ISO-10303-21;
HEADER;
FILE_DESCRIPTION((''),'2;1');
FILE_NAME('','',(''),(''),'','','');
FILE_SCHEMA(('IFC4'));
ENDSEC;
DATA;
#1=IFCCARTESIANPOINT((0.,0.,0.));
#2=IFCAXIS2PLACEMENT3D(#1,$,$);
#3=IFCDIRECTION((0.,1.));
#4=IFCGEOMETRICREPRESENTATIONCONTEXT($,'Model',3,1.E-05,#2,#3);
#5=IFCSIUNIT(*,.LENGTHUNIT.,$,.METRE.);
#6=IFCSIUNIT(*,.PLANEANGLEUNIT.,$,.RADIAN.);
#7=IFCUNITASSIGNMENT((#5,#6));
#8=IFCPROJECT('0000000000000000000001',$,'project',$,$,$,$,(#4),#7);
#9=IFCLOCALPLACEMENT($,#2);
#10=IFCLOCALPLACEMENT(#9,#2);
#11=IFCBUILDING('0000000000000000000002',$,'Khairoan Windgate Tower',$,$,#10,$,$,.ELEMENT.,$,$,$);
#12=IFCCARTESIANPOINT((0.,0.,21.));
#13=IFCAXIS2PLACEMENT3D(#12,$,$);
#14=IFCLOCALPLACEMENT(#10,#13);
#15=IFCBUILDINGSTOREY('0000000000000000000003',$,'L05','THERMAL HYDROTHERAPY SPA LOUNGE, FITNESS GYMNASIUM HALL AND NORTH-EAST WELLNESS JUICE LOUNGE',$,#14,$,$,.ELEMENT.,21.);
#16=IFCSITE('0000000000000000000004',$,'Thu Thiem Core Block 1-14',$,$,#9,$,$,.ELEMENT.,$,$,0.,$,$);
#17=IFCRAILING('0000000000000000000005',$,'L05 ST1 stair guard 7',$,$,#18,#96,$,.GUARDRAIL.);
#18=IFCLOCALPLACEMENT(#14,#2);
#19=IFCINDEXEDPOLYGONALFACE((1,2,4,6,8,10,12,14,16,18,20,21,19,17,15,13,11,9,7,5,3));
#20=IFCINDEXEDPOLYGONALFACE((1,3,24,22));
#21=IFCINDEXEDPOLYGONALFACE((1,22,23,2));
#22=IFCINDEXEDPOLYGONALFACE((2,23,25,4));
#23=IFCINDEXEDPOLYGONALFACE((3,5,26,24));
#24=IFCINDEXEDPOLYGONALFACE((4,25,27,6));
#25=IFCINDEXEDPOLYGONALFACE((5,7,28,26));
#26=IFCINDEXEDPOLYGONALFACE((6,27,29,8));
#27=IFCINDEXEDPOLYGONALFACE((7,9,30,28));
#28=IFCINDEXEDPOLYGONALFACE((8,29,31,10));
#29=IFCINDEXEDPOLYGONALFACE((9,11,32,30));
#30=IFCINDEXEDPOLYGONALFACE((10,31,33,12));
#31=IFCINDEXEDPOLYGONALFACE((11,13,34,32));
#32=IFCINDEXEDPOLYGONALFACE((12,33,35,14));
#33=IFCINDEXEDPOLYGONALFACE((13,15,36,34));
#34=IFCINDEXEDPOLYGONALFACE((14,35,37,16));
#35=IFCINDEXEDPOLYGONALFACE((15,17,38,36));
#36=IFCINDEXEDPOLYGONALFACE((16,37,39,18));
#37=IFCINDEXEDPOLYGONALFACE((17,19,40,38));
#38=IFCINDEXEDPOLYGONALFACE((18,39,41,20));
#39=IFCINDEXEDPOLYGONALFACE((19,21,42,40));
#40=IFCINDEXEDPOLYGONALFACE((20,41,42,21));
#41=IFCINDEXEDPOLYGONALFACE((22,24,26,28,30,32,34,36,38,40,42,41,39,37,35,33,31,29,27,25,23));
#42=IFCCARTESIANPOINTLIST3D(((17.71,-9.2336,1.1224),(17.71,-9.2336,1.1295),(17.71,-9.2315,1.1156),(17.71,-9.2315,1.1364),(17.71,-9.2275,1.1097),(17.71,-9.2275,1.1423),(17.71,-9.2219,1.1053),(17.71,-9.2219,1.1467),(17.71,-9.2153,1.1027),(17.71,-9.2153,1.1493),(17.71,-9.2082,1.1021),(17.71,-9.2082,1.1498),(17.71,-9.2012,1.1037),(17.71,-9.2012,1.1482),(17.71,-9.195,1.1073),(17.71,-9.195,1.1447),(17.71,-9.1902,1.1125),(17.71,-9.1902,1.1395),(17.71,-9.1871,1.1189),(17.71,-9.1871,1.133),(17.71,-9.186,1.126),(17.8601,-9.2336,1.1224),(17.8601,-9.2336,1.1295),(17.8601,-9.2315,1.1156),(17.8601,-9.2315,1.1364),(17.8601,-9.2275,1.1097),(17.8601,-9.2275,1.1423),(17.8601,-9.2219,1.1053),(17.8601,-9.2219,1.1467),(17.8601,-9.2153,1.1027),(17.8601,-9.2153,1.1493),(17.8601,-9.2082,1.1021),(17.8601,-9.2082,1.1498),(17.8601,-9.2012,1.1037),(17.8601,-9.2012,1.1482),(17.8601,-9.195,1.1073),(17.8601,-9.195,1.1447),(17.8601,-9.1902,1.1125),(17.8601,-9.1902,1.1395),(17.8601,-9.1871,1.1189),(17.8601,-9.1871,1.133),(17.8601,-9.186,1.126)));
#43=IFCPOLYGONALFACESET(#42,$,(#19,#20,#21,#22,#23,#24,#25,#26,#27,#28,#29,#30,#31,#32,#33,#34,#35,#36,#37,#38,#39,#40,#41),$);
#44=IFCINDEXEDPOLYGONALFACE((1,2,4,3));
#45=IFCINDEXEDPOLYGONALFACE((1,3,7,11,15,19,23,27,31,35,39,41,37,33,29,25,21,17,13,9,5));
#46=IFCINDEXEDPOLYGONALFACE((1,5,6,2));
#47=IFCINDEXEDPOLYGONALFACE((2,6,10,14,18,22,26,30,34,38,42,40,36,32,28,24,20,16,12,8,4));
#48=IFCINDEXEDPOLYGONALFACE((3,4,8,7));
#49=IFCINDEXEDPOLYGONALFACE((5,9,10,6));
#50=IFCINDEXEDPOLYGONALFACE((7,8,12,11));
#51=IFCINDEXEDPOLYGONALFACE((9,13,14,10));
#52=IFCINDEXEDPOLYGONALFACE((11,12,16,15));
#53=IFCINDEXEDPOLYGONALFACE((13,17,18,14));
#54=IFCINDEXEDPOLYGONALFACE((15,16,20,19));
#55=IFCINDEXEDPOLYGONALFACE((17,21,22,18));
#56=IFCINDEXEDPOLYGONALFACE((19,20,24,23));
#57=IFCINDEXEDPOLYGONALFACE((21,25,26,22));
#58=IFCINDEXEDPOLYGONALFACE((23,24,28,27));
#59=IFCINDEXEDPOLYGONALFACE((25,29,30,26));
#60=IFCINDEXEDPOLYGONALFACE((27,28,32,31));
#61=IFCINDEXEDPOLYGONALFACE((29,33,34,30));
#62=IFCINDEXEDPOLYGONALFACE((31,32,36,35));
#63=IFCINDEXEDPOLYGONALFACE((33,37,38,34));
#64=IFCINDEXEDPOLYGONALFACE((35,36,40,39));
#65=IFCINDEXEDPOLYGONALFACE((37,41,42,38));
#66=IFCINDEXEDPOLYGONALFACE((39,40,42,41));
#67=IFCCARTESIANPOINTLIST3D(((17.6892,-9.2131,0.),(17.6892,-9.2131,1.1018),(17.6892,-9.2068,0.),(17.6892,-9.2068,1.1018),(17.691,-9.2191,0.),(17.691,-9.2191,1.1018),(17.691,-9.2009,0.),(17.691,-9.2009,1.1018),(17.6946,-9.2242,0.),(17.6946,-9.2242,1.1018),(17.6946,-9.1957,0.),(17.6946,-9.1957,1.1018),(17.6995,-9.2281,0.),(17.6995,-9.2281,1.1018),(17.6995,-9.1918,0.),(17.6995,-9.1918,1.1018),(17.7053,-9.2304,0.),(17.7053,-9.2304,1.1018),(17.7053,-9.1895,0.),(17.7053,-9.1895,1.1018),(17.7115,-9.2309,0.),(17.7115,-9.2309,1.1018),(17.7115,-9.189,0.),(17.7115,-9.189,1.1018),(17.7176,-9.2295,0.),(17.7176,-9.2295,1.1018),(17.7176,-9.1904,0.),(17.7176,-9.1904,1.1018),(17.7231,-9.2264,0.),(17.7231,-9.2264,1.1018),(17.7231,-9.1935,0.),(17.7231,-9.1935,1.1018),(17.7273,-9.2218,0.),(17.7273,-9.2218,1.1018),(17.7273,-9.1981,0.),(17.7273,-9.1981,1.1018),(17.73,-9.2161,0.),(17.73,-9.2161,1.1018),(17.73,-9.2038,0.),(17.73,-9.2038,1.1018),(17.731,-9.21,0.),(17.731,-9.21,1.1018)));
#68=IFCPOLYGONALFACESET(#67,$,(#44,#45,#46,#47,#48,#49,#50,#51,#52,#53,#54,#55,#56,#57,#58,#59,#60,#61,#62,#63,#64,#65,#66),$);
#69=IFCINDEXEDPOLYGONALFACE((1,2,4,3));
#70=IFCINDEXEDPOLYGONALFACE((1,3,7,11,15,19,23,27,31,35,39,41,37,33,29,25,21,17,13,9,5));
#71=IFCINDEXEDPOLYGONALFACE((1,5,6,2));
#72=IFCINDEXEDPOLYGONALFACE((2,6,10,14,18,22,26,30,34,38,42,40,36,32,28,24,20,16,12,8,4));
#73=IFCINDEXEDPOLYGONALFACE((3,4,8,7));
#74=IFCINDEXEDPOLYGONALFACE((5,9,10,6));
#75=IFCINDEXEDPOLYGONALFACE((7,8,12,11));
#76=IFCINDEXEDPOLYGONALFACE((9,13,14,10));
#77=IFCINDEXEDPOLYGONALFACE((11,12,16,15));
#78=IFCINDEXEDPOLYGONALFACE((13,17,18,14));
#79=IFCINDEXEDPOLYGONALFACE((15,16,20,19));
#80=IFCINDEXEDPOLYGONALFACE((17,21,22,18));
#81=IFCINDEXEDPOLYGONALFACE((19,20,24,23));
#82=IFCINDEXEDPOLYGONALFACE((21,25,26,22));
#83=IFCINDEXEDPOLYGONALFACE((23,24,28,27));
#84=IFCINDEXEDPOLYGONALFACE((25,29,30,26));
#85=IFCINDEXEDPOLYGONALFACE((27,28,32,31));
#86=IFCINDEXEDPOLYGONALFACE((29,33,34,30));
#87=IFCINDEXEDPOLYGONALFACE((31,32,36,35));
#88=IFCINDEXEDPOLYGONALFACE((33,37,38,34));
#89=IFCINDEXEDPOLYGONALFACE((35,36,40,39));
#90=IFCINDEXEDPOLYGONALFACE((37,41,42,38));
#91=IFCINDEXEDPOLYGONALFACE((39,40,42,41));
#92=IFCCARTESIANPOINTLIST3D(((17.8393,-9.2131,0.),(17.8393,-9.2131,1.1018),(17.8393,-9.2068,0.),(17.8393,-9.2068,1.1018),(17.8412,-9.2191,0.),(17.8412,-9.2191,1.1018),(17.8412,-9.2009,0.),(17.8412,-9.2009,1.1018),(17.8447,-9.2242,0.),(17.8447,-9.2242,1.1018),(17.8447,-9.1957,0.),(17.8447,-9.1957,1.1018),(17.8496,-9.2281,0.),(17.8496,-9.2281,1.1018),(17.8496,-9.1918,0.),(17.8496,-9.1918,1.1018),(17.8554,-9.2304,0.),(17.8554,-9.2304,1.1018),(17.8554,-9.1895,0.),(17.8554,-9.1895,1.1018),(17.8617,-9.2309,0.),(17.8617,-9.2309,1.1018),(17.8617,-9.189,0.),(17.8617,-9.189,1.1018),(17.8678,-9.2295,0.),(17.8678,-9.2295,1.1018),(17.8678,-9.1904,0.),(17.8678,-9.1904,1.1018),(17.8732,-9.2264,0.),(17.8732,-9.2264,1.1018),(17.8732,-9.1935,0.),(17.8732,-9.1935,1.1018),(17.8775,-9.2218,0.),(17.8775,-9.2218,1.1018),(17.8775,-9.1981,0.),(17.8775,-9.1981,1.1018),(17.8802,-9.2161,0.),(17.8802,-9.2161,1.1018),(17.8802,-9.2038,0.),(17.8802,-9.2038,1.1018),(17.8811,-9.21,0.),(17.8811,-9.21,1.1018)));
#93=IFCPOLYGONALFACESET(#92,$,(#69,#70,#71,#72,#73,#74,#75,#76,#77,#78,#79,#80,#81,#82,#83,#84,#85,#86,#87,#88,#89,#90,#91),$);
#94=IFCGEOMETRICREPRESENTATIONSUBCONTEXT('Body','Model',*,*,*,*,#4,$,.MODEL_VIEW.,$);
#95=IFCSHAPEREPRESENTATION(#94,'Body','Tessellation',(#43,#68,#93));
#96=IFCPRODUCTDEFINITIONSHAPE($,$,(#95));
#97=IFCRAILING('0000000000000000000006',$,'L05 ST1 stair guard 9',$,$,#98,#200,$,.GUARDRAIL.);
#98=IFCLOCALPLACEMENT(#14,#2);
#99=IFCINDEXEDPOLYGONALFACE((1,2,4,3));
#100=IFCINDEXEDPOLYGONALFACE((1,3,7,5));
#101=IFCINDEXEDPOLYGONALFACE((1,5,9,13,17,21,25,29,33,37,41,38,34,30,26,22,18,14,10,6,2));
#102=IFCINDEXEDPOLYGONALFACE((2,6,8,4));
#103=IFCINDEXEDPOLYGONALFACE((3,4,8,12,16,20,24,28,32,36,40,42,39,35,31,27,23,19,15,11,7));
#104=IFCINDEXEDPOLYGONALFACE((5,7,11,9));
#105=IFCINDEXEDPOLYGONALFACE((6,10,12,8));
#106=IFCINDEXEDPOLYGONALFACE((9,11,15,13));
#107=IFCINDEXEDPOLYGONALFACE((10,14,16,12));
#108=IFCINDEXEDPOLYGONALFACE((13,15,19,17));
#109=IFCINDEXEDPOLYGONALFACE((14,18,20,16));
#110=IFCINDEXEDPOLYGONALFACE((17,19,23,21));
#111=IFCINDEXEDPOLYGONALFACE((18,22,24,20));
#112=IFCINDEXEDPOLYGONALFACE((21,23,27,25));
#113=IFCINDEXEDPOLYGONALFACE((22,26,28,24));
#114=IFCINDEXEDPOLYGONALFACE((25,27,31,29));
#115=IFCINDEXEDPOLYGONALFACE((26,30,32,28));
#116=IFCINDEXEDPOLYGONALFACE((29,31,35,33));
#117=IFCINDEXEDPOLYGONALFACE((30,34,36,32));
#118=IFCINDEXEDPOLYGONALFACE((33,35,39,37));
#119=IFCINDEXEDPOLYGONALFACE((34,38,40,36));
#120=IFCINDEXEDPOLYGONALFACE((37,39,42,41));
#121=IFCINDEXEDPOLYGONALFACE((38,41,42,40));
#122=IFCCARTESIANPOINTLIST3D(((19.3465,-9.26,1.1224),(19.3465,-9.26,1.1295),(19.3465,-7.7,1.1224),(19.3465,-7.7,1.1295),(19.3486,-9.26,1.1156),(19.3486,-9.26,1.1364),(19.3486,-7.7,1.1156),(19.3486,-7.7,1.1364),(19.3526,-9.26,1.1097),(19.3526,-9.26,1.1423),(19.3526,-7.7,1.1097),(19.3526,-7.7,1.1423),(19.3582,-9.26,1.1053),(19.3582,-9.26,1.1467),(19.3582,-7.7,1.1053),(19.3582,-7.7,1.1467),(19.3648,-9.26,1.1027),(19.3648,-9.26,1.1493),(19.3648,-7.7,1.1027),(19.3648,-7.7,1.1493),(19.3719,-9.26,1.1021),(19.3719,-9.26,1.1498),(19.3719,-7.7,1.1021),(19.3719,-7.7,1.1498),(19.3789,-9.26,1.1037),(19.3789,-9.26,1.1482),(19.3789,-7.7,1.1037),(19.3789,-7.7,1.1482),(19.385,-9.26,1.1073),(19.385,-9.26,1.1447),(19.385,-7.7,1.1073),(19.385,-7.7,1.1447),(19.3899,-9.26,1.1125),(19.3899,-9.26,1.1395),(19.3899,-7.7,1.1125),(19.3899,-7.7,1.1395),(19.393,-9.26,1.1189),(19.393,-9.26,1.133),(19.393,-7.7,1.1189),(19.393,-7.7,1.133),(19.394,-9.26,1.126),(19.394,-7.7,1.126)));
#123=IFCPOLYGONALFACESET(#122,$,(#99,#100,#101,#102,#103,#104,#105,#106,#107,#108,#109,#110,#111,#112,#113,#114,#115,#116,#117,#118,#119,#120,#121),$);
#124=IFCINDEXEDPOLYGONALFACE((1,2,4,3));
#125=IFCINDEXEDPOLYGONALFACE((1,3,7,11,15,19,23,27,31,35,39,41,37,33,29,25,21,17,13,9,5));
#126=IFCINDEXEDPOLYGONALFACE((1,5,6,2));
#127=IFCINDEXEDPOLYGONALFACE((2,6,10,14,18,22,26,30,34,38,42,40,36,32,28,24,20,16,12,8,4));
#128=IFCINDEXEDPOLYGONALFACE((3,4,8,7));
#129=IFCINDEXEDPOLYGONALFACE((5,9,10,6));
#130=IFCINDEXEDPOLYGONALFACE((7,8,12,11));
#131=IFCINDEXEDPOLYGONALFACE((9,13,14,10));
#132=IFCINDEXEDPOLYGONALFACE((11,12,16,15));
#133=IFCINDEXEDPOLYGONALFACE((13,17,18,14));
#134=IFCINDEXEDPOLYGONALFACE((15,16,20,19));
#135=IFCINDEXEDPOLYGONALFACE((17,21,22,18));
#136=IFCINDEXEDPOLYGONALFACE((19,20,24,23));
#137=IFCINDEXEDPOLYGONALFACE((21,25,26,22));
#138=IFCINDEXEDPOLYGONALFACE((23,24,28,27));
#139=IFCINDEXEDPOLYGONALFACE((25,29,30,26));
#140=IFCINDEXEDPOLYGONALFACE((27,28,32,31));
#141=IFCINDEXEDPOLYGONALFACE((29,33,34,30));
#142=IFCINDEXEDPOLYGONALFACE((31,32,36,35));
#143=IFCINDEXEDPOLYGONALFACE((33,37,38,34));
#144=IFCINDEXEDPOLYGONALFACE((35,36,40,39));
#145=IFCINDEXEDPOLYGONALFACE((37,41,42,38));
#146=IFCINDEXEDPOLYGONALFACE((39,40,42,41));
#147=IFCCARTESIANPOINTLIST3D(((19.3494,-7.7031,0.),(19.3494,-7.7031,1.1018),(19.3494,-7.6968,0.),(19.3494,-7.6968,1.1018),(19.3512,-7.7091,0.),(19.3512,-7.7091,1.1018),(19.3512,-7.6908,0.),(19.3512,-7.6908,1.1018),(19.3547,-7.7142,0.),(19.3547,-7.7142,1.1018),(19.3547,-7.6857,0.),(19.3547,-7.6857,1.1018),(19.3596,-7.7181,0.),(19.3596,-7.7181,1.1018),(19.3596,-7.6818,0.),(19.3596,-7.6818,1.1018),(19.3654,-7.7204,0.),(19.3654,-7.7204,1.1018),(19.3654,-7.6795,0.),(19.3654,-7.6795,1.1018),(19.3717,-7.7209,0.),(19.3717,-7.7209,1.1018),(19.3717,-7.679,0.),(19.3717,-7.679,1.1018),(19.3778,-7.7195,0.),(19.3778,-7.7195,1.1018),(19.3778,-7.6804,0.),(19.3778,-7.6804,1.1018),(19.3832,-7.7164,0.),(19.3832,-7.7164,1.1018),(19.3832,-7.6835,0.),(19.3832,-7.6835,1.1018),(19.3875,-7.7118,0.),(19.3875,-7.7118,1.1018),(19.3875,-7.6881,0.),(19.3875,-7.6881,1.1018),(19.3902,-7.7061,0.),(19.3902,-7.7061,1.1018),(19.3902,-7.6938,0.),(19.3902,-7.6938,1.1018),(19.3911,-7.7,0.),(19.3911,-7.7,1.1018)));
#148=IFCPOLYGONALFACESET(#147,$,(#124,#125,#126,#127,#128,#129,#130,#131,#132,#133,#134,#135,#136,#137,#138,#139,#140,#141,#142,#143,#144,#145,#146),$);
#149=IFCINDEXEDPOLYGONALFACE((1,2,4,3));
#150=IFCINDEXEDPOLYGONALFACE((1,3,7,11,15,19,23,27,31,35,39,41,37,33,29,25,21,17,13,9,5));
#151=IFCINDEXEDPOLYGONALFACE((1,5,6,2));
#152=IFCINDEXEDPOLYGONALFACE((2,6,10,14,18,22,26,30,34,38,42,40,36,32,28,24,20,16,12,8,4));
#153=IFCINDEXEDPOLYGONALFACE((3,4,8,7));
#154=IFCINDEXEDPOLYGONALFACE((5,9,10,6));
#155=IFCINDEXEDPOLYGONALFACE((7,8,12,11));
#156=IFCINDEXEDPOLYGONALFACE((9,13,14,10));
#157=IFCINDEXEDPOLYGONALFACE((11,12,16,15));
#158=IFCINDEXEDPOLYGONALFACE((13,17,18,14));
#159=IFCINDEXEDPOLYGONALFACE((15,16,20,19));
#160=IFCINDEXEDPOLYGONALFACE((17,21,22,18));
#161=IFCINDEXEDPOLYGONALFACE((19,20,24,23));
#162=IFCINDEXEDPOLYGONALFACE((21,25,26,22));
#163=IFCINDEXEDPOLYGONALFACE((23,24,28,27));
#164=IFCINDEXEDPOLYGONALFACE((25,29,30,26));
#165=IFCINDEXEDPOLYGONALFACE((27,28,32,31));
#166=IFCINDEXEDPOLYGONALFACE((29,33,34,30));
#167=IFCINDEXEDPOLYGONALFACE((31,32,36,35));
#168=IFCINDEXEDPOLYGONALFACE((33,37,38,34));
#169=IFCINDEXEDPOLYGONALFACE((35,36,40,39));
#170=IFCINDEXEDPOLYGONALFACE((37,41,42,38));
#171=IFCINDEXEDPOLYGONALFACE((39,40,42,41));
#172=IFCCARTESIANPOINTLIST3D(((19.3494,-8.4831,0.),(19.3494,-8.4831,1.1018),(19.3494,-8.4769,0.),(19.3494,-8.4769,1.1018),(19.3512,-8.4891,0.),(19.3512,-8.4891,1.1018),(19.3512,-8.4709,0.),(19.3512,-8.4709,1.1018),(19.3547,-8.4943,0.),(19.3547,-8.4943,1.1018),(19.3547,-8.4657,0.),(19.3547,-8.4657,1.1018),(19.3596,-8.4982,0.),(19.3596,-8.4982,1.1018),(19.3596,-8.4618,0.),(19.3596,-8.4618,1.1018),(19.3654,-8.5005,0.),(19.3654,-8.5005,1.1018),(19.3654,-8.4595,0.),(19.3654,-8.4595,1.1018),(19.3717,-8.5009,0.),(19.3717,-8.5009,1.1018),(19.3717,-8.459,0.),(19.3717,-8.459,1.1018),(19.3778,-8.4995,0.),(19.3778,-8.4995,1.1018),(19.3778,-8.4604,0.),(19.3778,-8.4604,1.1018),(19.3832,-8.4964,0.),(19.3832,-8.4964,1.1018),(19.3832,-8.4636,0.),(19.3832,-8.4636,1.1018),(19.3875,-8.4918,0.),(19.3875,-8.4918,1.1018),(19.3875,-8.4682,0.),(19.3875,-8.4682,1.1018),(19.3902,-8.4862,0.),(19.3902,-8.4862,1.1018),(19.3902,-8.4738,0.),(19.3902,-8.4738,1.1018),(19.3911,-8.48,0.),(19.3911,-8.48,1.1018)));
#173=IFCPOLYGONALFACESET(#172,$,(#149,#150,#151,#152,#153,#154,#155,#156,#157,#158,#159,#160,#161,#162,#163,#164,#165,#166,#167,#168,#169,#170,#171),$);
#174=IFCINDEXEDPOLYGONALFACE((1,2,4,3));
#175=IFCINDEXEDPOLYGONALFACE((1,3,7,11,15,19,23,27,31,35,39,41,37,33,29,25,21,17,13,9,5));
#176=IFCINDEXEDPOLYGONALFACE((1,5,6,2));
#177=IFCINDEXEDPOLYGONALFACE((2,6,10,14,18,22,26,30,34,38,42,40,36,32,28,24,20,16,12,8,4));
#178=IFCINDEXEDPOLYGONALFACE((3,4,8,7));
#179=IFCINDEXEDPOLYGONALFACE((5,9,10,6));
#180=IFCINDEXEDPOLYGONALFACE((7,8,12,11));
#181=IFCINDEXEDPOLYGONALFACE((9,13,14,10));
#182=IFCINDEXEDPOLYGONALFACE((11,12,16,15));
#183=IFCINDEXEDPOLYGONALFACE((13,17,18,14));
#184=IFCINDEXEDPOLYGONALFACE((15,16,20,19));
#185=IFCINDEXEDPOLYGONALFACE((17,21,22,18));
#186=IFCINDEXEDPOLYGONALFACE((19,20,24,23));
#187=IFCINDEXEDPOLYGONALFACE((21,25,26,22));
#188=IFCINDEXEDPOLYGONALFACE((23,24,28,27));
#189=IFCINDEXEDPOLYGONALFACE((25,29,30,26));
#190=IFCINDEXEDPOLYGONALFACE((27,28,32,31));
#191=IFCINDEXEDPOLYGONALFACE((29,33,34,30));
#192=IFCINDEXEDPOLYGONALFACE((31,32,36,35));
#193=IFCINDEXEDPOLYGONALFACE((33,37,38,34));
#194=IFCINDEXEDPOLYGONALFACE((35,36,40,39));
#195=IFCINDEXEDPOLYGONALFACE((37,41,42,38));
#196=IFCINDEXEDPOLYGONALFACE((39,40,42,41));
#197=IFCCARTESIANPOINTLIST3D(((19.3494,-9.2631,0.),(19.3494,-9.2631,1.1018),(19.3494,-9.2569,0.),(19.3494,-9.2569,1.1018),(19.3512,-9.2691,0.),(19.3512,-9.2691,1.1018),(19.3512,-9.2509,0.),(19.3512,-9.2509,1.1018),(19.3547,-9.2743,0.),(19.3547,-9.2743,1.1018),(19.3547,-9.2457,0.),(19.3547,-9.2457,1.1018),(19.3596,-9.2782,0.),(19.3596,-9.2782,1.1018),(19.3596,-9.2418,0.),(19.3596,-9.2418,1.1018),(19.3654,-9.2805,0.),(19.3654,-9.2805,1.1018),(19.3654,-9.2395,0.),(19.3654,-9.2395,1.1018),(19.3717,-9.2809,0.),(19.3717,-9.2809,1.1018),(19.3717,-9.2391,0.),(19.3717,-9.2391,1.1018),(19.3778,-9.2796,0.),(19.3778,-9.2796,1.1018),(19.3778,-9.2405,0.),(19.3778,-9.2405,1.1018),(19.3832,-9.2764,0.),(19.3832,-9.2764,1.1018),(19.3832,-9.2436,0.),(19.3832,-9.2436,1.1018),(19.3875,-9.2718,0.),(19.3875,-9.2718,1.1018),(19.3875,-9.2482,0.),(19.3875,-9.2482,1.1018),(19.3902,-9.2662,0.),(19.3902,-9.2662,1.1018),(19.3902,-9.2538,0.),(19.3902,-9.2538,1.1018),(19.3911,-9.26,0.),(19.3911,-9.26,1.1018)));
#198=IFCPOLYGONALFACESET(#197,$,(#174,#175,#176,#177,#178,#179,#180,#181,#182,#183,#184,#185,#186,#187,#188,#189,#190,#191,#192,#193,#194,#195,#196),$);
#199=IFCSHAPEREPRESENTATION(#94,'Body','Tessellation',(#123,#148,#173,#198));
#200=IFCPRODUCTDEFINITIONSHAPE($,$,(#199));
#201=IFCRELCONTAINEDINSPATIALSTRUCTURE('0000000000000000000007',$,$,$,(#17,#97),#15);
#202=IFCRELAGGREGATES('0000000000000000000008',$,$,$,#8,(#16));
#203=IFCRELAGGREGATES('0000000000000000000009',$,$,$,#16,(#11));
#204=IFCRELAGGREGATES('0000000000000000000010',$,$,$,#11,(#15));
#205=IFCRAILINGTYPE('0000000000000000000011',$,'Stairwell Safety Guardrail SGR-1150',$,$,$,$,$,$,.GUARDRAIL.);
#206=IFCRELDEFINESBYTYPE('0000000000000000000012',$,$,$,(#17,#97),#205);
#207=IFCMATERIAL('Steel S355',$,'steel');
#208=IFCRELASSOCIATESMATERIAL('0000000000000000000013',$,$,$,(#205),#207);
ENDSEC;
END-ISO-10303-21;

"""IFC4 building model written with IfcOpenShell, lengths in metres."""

from ifc_helpers import new_model, si_unit, direction, frame, origin, origin_2d, place, context, subcontext, project, spatial, circle, extrude, material, type_object, element, save


model = new_model("IFC4")

# Units and contexts
model_context = context("Model", 3, precision=1e-05, world=origin(), true_north=direction((0.0, 1.0)))
body_context = subcontext(model_context, "Body", "Model", "MODEL_VIEW")
ifc_project = project(units=[si_unit("LENGTHUNIT", "METRE"), si_unit("PLANEANGLEUNIT", "RADIAN")], contexts=[model_context])

# Site, building, storey
site_placement = place(None, origin())
site = spatial("IfcSite", under=ifc_project, at=site_placement, Name="Thu Thiem Core Block 1-14", CompositionType="ELEMENT", RefElevation=0.0)
building_placement = place(site_placement, origin())
building = spatial("IfcBuilding", under=site, at=building_placement, Name="Khairoan Windgate Tower", CompositionType="ELEMENT")
storey_placement = place(building_placement, frame((0.0, 0.0, 21.0)))
storey = spatial("IfcBuildingStorey", under=building, at=storey_placement, Name="L05", Description="THERMAL HYDROTHERAPY SPA LOUNGE, FITNESS GYMNASIUM HALL AND NORTH-EAST WELLNESS JUICE LOUNGE", CompositionType="ELEMENT", Elevation=21.0)

# Railings
ifc_material_1 = material(Name="Steel S355", Category="steel")
railing_type_1 = type_object("IfcRailingType", Name="Stairwell Safety Guardrail SGR-1150", PredefinedType="GUARDRAIL", material=ifc_material_1)
railing_1_placement = place(storey_placement, frame((17.71, -9.21, 0.0)))
element("IfcRailing", 1, at=railing_1_placement, inside=storey, type_object=railing_type_1, Name="L05 ST1 stair guard 7", PredefinedType="GUARDRAIL", context=body_context, shape_type="SweptSolid", body=[
    extrude(circle(Radius=0.0239, at=origin_2d()), frame((0.0, 0.0, 1.126), z_axis=(1.0, 0.0, 0.0), x_axis=(0.0, 1.0, 0.0)), (0.0, 0.0, 1.0), 0.1501),
    extrude(circle(Radius=0.021, at=origin_2d()), origin(), (0.0, 0.0, 1.0), 1.1018),
    extrude(circle(Radius=0.021, at=origin_2d()), frame((0.1501, 0.0, 0.0)), (0.0, 0.0, 1.0), 1.1018),
])
railing_2_placement = place(storey_placement, frame((19.3701, -7.7, 0.0)))
element("IfcRailing", 2, at=railing_2_placement, inside=storey, type_object=railing_type_1, Name="L05 ST1 stair guard 9", PredefinedType="GUARDRAIL", context=body_context, shape_type="SweptSolid", body=[
    extrude(circle(Radius=0.0239, at=origin_2d()), frame((0.0, 0.0, 1.126), z_axis=(0.0, -1.0, 0.0), x_axis=(1.0, 0.0, 0.0)), (0.0, 0.0, 1.0), 1.5601),
    extrude(circle(Radius=0.021, at=origin_2d()), origin(), (0.0, 0.0, 1.0), 1.1018),
    extrude(circle(Radius=0.021, at=origin_2d()), frame((0.0, -0.78, 0.0)), (0.0, 0.0, 1.0), 1.1018),
    extrude(circle(Radius=0.021, at=origin_2d()), frame((0.0, -1.5601, 0.0)), (0.0, 0.0, 1.0), 1.1018),
])

save(model, "model.ifc")
